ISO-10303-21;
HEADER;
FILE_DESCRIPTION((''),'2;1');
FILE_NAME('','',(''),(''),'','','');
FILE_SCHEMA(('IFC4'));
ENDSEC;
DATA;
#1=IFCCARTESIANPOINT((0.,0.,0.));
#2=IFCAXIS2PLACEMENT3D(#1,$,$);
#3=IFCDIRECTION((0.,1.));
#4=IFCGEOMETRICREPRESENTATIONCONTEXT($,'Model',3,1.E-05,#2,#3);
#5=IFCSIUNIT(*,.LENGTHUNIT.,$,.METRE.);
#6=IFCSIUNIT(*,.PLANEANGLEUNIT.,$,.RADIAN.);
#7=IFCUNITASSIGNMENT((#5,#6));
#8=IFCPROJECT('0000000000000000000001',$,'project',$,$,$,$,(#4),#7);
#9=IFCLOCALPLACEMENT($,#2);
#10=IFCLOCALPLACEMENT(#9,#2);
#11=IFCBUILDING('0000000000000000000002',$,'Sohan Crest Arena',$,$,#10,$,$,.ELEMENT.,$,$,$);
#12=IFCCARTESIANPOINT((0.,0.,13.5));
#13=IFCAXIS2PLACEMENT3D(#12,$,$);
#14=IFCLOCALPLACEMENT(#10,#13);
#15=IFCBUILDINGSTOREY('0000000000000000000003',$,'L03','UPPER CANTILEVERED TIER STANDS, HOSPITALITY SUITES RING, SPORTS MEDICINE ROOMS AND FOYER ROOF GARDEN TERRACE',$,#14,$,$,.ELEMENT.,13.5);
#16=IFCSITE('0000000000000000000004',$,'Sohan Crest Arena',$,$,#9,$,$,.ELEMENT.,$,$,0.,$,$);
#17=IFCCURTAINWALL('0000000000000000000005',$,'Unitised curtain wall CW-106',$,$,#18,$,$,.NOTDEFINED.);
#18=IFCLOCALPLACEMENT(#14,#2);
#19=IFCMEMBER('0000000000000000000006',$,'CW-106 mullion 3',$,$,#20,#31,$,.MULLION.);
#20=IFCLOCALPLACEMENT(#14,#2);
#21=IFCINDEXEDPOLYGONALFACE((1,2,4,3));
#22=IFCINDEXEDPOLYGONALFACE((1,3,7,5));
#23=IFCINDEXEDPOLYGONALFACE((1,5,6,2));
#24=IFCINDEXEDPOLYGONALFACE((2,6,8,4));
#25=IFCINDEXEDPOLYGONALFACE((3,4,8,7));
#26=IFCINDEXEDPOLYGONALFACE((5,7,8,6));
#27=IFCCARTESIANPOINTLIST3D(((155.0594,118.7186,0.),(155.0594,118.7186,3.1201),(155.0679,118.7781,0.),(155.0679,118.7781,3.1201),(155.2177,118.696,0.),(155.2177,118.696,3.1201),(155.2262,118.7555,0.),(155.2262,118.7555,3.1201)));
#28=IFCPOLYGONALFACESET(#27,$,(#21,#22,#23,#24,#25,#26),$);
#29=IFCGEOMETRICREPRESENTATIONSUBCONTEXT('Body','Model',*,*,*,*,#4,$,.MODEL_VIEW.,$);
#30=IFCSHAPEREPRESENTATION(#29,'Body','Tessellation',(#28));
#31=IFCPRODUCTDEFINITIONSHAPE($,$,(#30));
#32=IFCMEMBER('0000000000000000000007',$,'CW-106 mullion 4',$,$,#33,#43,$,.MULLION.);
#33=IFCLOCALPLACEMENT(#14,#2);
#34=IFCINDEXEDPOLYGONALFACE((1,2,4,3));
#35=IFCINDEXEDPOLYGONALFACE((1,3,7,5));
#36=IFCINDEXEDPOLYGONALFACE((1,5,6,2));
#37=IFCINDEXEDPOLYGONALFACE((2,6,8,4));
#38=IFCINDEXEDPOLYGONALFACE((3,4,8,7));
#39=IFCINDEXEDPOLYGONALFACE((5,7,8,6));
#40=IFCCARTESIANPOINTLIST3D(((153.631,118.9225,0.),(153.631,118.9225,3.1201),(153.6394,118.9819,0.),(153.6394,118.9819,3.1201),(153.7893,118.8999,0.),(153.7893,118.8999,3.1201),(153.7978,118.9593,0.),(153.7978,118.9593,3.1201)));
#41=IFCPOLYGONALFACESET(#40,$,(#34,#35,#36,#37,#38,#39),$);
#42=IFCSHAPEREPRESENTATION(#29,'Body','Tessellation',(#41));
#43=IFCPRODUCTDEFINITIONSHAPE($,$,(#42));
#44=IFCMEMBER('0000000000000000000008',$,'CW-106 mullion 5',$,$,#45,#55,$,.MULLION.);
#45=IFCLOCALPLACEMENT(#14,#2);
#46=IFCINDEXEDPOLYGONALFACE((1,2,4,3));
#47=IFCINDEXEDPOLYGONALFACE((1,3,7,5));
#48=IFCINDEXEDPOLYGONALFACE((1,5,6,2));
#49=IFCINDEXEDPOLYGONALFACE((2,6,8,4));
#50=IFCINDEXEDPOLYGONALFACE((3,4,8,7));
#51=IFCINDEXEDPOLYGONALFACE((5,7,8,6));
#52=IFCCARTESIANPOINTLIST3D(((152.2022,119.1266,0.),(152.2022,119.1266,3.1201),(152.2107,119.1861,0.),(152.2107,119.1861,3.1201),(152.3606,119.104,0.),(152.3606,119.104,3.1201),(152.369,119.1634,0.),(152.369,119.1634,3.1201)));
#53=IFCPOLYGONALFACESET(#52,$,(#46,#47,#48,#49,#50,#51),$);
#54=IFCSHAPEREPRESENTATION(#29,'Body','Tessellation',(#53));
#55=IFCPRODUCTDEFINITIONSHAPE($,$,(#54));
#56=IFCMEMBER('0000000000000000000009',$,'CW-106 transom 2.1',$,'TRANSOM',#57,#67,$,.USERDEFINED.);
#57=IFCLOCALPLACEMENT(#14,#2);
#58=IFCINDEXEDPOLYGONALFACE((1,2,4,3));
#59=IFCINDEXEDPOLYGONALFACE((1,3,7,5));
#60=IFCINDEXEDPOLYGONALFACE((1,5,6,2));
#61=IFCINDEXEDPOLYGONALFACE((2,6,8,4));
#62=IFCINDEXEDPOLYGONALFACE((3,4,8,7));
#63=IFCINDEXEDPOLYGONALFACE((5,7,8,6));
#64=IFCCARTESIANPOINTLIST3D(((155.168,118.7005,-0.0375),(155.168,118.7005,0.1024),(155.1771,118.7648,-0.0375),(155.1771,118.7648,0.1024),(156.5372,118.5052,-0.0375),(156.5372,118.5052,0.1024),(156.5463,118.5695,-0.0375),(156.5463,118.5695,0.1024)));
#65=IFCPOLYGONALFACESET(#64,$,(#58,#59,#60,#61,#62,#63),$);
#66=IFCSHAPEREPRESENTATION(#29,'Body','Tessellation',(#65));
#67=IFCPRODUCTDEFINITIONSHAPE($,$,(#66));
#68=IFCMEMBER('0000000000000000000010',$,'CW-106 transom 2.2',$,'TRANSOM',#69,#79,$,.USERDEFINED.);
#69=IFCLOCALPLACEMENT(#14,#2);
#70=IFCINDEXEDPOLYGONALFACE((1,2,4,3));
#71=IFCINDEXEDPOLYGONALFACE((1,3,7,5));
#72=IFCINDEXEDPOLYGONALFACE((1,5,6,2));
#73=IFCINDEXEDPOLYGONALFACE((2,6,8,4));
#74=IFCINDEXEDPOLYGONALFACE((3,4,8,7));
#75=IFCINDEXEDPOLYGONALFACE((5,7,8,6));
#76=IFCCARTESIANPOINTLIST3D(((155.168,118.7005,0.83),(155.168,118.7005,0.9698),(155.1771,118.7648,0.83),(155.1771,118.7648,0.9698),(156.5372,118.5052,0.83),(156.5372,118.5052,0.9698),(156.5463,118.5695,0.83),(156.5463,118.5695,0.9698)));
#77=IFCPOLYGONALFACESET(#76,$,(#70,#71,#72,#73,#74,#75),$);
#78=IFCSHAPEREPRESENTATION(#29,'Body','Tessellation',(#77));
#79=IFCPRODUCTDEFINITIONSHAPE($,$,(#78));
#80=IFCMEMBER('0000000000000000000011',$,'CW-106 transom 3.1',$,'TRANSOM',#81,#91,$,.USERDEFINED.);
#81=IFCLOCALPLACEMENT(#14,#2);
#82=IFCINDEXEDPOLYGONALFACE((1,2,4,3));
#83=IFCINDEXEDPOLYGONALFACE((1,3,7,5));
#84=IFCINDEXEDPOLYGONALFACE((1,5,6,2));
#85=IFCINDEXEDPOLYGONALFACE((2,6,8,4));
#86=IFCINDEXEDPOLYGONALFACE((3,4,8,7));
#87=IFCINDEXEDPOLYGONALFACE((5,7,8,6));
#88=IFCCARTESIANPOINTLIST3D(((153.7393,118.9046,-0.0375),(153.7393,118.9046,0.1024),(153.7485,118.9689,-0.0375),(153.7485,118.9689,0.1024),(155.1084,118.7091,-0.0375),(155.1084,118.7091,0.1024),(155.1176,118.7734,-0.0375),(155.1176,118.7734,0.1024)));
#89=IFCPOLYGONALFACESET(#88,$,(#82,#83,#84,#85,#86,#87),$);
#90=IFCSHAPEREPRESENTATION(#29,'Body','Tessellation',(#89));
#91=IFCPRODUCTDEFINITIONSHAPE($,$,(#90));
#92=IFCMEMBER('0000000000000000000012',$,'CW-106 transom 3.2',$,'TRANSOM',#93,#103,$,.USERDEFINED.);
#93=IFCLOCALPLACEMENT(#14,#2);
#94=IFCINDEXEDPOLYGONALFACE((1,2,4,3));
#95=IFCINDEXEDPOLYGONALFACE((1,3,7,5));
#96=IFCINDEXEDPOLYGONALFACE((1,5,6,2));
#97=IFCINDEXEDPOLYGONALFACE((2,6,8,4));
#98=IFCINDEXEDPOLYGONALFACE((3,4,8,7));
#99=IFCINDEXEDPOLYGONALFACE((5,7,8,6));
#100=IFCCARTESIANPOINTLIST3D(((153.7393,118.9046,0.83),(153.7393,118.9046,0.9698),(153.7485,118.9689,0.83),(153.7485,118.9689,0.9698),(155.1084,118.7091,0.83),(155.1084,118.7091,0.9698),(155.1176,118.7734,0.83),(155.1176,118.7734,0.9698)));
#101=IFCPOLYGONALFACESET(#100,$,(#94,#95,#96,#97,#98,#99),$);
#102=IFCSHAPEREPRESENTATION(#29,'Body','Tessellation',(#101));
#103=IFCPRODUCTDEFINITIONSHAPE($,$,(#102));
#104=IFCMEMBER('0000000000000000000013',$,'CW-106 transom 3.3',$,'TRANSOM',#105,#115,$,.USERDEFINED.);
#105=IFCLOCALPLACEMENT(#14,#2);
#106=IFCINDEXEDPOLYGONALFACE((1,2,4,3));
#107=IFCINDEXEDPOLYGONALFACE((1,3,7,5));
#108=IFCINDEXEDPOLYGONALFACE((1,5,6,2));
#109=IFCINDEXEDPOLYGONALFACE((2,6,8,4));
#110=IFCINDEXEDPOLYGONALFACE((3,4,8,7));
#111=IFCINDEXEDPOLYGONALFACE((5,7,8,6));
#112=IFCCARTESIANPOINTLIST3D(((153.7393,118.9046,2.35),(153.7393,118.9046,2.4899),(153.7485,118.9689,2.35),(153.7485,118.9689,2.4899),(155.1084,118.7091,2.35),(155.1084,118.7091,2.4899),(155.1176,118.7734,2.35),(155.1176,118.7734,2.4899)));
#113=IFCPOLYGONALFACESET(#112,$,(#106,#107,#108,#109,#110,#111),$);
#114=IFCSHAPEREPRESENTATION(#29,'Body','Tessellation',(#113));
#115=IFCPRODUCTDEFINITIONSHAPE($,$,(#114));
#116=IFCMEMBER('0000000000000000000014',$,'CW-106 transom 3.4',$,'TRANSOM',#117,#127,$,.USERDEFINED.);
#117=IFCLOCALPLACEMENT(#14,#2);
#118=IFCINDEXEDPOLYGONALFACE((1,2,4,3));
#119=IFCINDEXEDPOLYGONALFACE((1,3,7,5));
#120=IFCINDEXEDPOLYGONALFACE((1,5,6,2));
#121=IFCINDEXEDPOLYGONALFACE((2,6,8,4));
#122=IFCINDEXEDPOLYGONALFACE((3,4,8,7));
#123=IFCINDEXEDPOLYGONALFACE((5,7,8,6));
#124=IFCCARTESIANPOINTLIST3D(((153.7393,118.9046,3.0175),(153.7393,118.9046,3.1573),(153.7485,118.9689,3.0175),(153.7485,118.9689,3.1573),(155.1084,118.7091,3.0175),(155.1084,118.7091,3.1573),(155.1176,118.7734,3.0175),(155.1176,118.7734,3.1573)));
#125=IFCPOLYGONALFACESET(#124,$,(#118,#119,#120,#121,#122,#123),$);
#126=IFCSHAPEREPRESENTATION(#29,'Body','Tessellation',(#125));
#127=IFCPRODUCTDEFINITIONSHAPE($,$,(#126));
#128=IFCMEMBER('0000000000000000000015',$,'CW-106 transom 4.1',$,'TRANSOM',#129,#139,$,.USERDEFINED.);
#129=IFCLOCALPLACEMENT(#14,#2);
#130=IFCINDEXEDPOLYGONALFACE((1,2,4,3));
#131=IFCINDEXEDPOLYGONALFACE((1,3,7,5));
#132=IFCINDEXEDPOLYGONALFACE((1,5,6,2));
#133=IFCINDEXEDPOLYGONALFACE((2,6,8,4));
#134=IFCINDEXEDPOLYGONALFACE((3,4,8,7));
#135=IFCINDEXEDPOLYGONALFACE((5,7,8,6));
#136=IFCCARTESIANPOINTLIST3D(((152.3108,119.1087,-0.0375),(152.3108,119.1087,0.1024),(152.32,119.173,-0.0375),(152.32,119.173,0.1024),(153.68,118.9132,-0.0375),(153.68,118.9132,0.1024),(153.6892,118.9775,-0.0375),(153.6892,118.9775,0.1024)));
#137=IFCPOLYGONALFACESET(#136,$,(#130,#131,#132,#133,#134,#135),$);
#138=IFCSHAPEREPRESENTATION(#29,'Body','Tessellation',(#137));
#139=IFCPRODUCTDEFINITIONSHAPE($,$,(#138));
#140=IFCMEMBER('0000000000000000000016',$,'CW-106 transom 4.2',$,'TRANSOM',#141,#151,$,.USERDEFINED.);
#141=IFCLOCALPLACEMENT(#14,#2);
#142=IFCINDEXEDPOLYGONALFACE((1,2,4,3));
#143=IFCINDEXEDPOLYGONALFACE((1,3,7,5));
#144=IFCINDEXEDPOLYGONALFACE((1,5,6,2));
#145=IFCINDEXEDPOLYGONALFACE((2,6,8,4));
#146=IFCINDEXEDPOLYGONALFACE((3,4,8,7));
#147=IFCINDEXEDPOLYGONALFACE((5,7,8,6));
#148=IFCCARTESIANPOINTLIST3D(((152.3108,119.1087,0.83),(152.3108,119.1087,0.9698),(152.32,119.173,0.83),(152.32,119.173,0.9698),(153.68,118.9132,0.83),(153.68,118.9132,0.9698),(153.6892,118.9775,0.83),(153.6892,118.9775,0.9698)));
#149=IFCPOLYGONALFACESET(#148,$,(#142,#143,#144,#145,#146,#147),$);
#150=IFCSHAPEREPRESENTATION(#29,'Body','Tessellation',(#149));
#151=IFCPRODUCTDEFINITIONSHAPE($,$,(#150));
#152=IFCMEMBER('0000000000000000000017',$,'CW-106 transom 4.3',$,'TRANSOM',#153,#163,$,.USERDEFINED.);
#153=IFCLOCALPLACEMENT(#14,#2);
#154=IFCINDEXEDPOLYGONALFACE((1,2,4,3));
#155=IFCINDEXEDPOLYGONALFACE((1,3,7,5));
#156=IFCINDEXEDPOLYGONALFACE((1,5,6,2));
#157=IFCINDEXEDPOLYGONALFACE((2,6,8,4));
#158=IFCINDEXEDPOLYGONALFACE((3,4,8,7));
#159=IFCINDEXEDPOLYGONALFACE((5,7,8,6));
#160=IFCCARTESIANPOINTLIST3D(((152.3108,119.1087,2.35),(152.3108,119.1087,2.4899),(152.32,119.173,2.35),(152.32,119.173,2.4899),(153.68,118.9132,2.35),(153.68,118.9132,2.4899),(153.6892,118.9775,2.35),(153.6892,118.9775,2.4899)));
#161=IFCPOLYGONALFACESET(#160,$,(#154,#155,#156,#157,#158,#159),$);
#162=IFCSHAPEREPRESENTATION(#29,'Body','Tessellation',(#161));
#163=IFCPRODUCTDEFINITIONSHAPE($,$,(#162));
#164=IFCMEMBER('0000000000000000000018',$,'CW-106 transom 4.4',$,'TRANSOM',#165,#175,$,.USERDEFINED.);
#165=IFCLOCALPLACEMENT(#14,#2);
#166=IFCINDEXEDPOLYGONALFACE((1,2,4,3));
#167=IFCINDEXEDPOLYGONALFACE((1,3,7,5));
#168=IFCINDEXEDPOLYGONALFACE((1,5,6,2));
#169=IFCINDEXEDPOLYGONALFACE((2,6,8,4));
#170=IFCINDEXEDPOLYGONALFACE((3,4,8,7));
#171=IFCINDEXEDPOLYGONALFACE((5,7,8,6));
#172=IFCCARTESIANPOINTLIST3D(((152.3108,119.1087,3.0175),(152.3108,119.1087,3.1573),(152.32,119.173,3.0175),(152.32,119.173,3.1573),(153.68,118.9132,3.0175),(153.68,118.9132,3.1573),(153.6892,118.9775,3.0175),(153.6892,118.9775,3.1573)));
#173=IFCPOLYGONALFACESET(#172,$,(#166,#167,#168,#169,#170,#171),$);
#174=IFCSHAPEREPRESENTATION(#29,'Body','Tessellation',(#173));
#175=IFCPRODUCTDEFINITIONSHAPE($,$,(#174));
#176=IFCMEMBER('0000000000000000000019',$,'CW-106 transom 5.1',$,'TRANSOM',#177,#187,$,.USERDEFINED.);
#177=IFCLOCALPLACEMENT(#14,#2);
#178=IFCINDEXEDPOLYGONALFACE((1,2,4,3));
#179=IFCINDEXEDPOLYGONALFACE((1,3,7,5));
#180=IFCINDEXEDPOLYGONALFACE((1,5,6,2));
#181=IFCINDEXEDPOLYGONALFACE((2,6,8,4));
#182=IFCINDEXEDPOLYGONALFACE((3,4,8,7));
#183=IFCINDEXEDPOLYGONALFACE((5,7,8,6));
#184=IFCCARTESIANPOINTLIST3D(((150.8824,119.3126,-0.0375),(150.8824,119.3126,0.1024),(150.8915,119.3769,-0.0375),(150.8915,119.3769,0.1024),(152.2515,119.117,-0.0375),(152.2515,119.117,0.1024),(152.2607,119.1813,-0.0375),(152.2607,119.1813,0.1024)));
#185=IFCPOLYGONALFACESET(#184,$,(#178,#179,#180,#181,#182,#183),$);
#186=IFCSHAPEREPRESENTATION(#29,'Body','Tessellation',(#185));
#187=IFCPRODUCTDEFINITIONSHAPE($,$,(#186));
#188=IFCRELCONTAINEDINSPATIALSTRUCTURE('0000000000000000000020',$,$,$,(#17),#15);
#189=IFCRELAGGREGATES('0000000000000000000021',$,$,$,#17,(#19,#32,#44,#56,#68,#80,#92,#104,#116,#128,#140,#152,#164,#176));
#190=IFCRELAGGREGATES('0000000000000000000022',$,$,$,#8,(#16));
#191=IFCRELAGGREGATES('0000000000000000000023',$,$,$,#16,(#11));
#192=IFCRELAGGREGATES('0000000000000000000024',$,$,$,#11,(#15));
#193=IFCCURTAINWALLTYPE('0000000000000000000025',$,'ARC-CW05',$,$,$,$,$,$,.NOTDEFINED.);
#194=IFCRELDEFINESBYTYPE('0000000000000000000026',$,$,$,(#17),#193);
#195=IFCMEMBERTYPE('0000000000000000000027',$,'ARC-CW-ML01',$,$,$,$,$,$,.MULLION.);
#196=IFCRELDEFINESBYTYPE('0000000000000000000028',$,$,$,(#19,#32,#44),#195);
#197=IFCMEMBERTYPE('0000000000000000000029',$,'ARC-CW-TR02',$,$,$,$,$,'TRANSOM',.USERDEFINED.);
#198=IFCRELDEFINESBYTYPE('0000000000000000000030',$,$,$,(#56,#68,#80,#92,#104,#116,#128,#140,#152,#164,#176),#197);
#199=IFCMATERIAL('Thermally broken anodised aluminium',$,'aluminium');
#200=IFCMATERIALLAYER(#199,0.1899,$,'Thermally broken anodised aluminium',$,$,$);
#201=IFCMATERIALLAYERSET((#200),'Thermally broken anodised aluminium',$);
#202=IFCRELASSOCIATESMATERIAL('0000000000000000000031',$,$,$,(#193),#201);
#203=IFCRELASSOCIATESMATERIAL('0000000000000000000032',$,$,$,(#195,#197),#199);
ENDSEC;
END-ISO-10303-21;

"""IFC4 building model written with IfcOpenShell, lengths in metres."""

from ifc_helpers import new_model, si_unit, direction, frame, origin, origin_2d, place, context, subcontext, project, spatial, rectangle, extrude, material, layer, layer_set, material_profile, profile_set, type_object, element, aggregate, save


model = new_model("IFC4")

# Units and contexts
model_context = context("Model", 3, precision=1e-05, world=origin(), true_north=direction((0.0, 1.0)))
body_context = subcontext(model_context, "Body", "Model", "MODEL_VIEW")
ifc_project = project(units=[si_unit("LENGTHUNIT", "METRE"), si_unit("PLANEANGLEUNIT", "RADIAN")], contexts=[model_context])

# Site, building, storey
site_placement = place(None, origin())
site = spatial("IfcSite", under=ifc_project, at=site_placement, Name="Sohan Crest Arena", CompositionType="ELEMENT", RefElevation=0.0)
building_placement = place(site_placement, origin())
building = spatial("IfcBuilding", under=site, at=building_placement, Name="Sohan Crest Arena", CompositionType="ELEMENT")
storey_placement = place(building_placement, frame((0.0, 0.0, 13.5)))
storey = spatial("IfcBuildingStorey", under=building, at=storey_placement, Name="L03", Description="UPPER CANTILEVERED TIER STANDS, HOSPITALITY SUITES RING, SPORTS MEDICINE ROOMS AND FOYER ROOF GARDEN TERRACE", CompositionType="ELEMENT", Elevation=13.5)

# Curtain wall, members
ifc_material_1 = material(Name="Thermally broken anodised aluminium", Category="aluminium")
ifc_layer_1 = layer(ifc_material_1, 0.1899, Name="Thermally broken anodised aluminium")
ifc_layer_set_1 = layer_set([ifc_layer_1], Name="Thermally broken anodised aluminium")
curtain_wall_type = type_object("IfcCurtainWallType", Name="ARC-CW05", PredefinedType="NOTDEFINED", material=ifc_layer_set_1)
curtain_wall_placement = place(storey_placement, origin())
curtain_wall = element("IfcCurtainWall", 1, at=curtain_wall_placement, inside=storey, type_object=curtain_wall_type, Name="Unitised curtain wall CW-106", PredefinedType="NOTDEFINED")
ifc_material_profile_1 = material_profile(ifc_material_1, rectangle(XDim=0.0601, YDim=0.1599, at=origin_2d()), Name="ALU-MULL 60x160")
ifc_profile_set_1 = profile_set([ifc_material_profile_1], Name="Thermally broken anodised aluminium")
member_type_1 = type_object("IfcMemberType", Name="ARC-CW-ML01", PredefinedType="MULLION", material=ifc_profile_set_1)
member_1_placement = place(storey_placement, frame((155.1428, 118.7371, 0.0), z_axis=(0.0, 0.0, 1.0), x_axis=(-0.141366, -0.989957, 0.0)))
member_1 = element("IfcMember", 2, at=member_1_placement, type_object=member_type_1, Name="CW-106 mullion 3", PredefinedType="MULLION", context=body_context, shape_type="SweptSolid", body=[
    extrude(rectangle(XDim=0.0601, YDim=0.1599, at=origin_2d()), origin(), (0.0, 0.0, 1.0), 3.1201),
])
member_2_placement = place(storey_placement, frame((153.7144, 118.9409, 0.0), z_axis=(0.0, 0.0, 1.0), x_axis=(-0.141366, -0.989957, 0.0)))
member_2 = element("IfcMember", 3, at=member_2_placement, type_object=member_type_1, Name="CW-106 mullion 4", PredefinedType="MULLION", context=body_context, shape_type="SweptSolid", body=[
    extrude(rectangle(XDim=0.0601, YDim=0.1599, at=origin_2d()), origin(), (0.0, 0.0, 1.0), 3.1201),
])
member_3_placement = place(storey_placement, frame((152.2856, 119.145, 0.0), z_axis=(0.0, 0.0, 1.0), x_axis=(-0.141366, -0.989957, 0.0)))
member_3 = element("IfcMember", 4, at=member_3_placement, type_object=member_type_1, Name="CW-106 mullion 5", PredefinedType="MULLION", context=body_context, shape_type="SweptSolid", body=[
    extrude(rectangle(XDim=0.0601, YDim=0.1599, at=origin_2d()), origin(), (0.0, 0.0, 1.0), 3.1201),
])
ifc_material_profile_2 = material_profile(ifc_material_1, rectangle(XDim=0.0649, YDim=0.1399, at=origin_2d()), Name="ALU-TRAN 65x140")
ifc_profile_set_2 = profile_set([ifc_material_profile_2], Name="Thermally broken anodised aluminium")
member_type_2 = type_object("IfcMemberType", Name="ARC-CW-TR02", ElementType="TRANSOM", PredefinedType="USERDEFINED", material=ifc_profile_set_2)
member_4_placement = place(storey_placement, frame((156.5417, 118.5374, 0.0325), z_axis=(-0.989978, 0.141224, 0.0), x_axis=(-0.141224, -0.989978, 0.0)))
member_4 = element("IfcMember", 5, at=member_4_placement, type_object=member_type_2, Name="CW-106 transom 2.1", ObjectType="TRANSOM", PredefinedType="USERDEFINED", context=body_context, shape_type="SweptSolid", body=[
    extrude(rectangle(XDim=0.0649, YDim=0.1399, at=origin_2d()), origin(), (0.0, 0.0, 1.0), 1.3831),
])
member_5_placement = place(storey_placement, frame((156.5417, 118.5374, 0.8999), z_axis=(-0.989978, 0.141224, 0.0), x_axis=(-0.141224, -0.989978, 0.0)))
member_5 = element("IfcMember", 6, at=member_5_placement, type_object=member_type_2, Name="CW-106 transom 2.2", ObjectType="TRANSOM", PredefinedType="USERDEFINED", context=body_context, shape_type="SweptSolid", body=[
    extrude(rectangle(XDim=0.0649, YDim=0.1399, at=origin_2d()), origin(), (0.0, 0.0, 1.0), 1.3831),
])
member_6_placement = place(storey_placement, frame((155.113, 118.7412, 0.0325), z_axis=(-0.989953, 0.141397, 0.0), x_axis=(-0.141397, -0.989953, 0.0)))
member_6 = element("IfcMember", 7, at=member_6_placement, type_object=member_type_2, Name="CW-106 transom 3.1", ObjectType="TRANSOM", PredefinedType="USERDEFINED", context=body_context, shape_type="SweptSolid", body=[
    extrude(rectangle(XDim=0.0649, YDim=0.1399, at=origin_2d()), origin(), (0.0, 0.0, 1.0), 1.3831),
])
member_7_placement = place(storey_placement, frame((155.113, 118.7412, 0.8999), z_axis=(-0.989953, 0.141397, 0.0), x_axis=(-0.141397, -0.989953, 0.0)))
member_7 = element("IfcMember", 8, at=member_7_placement, type_object=member_type_2, Name="CW-106 transom 3.2", ObjectType="TRANSOM", PredefinedType="USERDEFINED", context=body_context, shape_type="SweptSolid", body=[
    extrude(rectangle(XDim=0.0649, YDim=0.1399, at=origin_2d()), origin(), (0.0, 0.0, 1.0), 1.3831),
])
member_8_placement = place(storey_placement, frame((155.113, 118.7412, 2.4199), z_axis=(-0.989953, 0.141397, 0.0), x_axis=(-0.141397, -0.989953, 0.0)))
member_8 = element("IfcMember", 9, at=member_8_placement, type_object=member_type_2, Name="CW-106 transom 3.3", ObjectType="TRANSOM", PredefinedType="USERDEFINED", context=body_context, shape_type="SweptSolid", body=[
    extrude(rectangle(XDim=0.0649, YDim=0.1399, at=origin_2d()), origin(), (0.0, 0.0, 1.0), 1.3831),
])
member_9_placement = place(storey_placement, frame((155.113, 118.7412, 3.0874), z_axis=(-0.989953, 0.141397, 0.0), x_axis=(-0.141397, -0.989953, 0.0)))
member_9 = element("IfcMember", 10, at=member_9_placement, type_object=member_type_2, Name="CW-106 transom 3.4", ObjectType="TRANSOM", PredefinedType="USERDEFINED", context=body_context, shape_type="SweptSolid", body=[
    extrude(rectangle(XDim=0.0649, YDim=0.1399, at=origin_2d()), origin(), (0.0, 0.0, 1.0), 1.3831),
])
member_10_placement = place(storey_placement, frame((153.6846, 118.9453, 0.0325), z_axis=(-0.989953, 0.141397, 0.0), x_axis=(-0.141397, -0.989953, 0.0)))
member_10 = element("IfcMember", 11, at=member_10_placement, type_object=member_type_2, Name="CW-106 transom 4.1", ObjectType="TRANSOM", PredefinedType="USERDEFINED", context=body_context, shape_type="SweptSolid", body=[
    extrude(rectangle(XDim=0.0649, YDim=0.1399, at=origin_2d()), origin(), (0.0, 0.0, 1.0), 1.3831),
])
member_11_placement = place(storey_placement, frame((153.6846, 118.9453, 0.8999), z_axis=(-0.989953, 0.141397, 0.0), x_axis=(-0.141397, -0.989953, 0.0)))
member_11 = element("IfcMember", 12, at=member_11_placement, type_object=member_type_2, Name="CW-106 transom 4.2", ObjectType="TRANSOM", PredefinedType="USERDEFINED", context=body_context, shape_type="SweptSolid", body=[
    extrude(rectangle(XDim=0.0649, YDim=0.1399, at=origin_2d()), origin(), (0.0, 0.0, 1.0), 1.3831),
])
member_12_placement = place(storey_placement, frame((153.6846, 118.9453, 2.4199), z_axis=(-0.989953, 0.141397, 0.0), x_axis=(-0.141397, -0.989953, 0.0)))
member_12 = element("IfcMember", 13, at=member_12_placement, type_object=member_type_2, Name="CW-106 transom 4.3", ObjectType="TRANSOM", PredefinedType="USERDEFINED", context=body_context, shape_type="SweptSolid", body=[
    extrude(rectangle(XDim=0.0649, YDim=0.1399, at=origin_2d()), origin(), (0.0, 0.0, 1.0), 1.3831),
])
member_13_placement = place(storey_placement, frame((153.6846, 118.9453, 3.0874), z_axis=(-0.989953, 0.141397, 0.0), x_axis=(-0.141397, -0.989953, 0.0)))
member_13 = element("IfcMember", 14, at=member_13_placement, type_object=member_type_2, Name="CW-106 transom 4.4", ObjectType="TRANSOM", PredefinedType="USERDEFINED", context=body_context, shape_type="SweptSolid", body=[
    extrude(rectangle(XDim=0.0649, YDim=0.1399, at=origin_2d()), origin(), (0.0, 0.0, 1.0), 1.3831),
])
member_14_placement = place(storey_placement, frame((152.2561, 119.1492, 0.0325), z_axis=(-0.989953, 0.141397, 0.0), x_axis=(-0.141397, -0.989953, 0.0)))
member_14 = element("IfcMember", 15, at=member_14_placement, type_object=member_type_2, Name="CW-106 transom 5.1", ObjectType="TRANSOM", PredefinedType="USERDEFINED", context=body_context, shape_type="SweptSolid", body=[
    extrude(rectangle(XDim=0.0649, YDim=0.1399, at=origin_2d()), origin(), (0.0, 0.0, 1.0), 1.3831),
])
aggregate(curtain_wall, [member_1, member_2, member_3, member_4, member_5, member_6, member_7, member_8, member_9, member_10, member_11, member_12, member_13, member_14])

save(model, "model.ifc")
